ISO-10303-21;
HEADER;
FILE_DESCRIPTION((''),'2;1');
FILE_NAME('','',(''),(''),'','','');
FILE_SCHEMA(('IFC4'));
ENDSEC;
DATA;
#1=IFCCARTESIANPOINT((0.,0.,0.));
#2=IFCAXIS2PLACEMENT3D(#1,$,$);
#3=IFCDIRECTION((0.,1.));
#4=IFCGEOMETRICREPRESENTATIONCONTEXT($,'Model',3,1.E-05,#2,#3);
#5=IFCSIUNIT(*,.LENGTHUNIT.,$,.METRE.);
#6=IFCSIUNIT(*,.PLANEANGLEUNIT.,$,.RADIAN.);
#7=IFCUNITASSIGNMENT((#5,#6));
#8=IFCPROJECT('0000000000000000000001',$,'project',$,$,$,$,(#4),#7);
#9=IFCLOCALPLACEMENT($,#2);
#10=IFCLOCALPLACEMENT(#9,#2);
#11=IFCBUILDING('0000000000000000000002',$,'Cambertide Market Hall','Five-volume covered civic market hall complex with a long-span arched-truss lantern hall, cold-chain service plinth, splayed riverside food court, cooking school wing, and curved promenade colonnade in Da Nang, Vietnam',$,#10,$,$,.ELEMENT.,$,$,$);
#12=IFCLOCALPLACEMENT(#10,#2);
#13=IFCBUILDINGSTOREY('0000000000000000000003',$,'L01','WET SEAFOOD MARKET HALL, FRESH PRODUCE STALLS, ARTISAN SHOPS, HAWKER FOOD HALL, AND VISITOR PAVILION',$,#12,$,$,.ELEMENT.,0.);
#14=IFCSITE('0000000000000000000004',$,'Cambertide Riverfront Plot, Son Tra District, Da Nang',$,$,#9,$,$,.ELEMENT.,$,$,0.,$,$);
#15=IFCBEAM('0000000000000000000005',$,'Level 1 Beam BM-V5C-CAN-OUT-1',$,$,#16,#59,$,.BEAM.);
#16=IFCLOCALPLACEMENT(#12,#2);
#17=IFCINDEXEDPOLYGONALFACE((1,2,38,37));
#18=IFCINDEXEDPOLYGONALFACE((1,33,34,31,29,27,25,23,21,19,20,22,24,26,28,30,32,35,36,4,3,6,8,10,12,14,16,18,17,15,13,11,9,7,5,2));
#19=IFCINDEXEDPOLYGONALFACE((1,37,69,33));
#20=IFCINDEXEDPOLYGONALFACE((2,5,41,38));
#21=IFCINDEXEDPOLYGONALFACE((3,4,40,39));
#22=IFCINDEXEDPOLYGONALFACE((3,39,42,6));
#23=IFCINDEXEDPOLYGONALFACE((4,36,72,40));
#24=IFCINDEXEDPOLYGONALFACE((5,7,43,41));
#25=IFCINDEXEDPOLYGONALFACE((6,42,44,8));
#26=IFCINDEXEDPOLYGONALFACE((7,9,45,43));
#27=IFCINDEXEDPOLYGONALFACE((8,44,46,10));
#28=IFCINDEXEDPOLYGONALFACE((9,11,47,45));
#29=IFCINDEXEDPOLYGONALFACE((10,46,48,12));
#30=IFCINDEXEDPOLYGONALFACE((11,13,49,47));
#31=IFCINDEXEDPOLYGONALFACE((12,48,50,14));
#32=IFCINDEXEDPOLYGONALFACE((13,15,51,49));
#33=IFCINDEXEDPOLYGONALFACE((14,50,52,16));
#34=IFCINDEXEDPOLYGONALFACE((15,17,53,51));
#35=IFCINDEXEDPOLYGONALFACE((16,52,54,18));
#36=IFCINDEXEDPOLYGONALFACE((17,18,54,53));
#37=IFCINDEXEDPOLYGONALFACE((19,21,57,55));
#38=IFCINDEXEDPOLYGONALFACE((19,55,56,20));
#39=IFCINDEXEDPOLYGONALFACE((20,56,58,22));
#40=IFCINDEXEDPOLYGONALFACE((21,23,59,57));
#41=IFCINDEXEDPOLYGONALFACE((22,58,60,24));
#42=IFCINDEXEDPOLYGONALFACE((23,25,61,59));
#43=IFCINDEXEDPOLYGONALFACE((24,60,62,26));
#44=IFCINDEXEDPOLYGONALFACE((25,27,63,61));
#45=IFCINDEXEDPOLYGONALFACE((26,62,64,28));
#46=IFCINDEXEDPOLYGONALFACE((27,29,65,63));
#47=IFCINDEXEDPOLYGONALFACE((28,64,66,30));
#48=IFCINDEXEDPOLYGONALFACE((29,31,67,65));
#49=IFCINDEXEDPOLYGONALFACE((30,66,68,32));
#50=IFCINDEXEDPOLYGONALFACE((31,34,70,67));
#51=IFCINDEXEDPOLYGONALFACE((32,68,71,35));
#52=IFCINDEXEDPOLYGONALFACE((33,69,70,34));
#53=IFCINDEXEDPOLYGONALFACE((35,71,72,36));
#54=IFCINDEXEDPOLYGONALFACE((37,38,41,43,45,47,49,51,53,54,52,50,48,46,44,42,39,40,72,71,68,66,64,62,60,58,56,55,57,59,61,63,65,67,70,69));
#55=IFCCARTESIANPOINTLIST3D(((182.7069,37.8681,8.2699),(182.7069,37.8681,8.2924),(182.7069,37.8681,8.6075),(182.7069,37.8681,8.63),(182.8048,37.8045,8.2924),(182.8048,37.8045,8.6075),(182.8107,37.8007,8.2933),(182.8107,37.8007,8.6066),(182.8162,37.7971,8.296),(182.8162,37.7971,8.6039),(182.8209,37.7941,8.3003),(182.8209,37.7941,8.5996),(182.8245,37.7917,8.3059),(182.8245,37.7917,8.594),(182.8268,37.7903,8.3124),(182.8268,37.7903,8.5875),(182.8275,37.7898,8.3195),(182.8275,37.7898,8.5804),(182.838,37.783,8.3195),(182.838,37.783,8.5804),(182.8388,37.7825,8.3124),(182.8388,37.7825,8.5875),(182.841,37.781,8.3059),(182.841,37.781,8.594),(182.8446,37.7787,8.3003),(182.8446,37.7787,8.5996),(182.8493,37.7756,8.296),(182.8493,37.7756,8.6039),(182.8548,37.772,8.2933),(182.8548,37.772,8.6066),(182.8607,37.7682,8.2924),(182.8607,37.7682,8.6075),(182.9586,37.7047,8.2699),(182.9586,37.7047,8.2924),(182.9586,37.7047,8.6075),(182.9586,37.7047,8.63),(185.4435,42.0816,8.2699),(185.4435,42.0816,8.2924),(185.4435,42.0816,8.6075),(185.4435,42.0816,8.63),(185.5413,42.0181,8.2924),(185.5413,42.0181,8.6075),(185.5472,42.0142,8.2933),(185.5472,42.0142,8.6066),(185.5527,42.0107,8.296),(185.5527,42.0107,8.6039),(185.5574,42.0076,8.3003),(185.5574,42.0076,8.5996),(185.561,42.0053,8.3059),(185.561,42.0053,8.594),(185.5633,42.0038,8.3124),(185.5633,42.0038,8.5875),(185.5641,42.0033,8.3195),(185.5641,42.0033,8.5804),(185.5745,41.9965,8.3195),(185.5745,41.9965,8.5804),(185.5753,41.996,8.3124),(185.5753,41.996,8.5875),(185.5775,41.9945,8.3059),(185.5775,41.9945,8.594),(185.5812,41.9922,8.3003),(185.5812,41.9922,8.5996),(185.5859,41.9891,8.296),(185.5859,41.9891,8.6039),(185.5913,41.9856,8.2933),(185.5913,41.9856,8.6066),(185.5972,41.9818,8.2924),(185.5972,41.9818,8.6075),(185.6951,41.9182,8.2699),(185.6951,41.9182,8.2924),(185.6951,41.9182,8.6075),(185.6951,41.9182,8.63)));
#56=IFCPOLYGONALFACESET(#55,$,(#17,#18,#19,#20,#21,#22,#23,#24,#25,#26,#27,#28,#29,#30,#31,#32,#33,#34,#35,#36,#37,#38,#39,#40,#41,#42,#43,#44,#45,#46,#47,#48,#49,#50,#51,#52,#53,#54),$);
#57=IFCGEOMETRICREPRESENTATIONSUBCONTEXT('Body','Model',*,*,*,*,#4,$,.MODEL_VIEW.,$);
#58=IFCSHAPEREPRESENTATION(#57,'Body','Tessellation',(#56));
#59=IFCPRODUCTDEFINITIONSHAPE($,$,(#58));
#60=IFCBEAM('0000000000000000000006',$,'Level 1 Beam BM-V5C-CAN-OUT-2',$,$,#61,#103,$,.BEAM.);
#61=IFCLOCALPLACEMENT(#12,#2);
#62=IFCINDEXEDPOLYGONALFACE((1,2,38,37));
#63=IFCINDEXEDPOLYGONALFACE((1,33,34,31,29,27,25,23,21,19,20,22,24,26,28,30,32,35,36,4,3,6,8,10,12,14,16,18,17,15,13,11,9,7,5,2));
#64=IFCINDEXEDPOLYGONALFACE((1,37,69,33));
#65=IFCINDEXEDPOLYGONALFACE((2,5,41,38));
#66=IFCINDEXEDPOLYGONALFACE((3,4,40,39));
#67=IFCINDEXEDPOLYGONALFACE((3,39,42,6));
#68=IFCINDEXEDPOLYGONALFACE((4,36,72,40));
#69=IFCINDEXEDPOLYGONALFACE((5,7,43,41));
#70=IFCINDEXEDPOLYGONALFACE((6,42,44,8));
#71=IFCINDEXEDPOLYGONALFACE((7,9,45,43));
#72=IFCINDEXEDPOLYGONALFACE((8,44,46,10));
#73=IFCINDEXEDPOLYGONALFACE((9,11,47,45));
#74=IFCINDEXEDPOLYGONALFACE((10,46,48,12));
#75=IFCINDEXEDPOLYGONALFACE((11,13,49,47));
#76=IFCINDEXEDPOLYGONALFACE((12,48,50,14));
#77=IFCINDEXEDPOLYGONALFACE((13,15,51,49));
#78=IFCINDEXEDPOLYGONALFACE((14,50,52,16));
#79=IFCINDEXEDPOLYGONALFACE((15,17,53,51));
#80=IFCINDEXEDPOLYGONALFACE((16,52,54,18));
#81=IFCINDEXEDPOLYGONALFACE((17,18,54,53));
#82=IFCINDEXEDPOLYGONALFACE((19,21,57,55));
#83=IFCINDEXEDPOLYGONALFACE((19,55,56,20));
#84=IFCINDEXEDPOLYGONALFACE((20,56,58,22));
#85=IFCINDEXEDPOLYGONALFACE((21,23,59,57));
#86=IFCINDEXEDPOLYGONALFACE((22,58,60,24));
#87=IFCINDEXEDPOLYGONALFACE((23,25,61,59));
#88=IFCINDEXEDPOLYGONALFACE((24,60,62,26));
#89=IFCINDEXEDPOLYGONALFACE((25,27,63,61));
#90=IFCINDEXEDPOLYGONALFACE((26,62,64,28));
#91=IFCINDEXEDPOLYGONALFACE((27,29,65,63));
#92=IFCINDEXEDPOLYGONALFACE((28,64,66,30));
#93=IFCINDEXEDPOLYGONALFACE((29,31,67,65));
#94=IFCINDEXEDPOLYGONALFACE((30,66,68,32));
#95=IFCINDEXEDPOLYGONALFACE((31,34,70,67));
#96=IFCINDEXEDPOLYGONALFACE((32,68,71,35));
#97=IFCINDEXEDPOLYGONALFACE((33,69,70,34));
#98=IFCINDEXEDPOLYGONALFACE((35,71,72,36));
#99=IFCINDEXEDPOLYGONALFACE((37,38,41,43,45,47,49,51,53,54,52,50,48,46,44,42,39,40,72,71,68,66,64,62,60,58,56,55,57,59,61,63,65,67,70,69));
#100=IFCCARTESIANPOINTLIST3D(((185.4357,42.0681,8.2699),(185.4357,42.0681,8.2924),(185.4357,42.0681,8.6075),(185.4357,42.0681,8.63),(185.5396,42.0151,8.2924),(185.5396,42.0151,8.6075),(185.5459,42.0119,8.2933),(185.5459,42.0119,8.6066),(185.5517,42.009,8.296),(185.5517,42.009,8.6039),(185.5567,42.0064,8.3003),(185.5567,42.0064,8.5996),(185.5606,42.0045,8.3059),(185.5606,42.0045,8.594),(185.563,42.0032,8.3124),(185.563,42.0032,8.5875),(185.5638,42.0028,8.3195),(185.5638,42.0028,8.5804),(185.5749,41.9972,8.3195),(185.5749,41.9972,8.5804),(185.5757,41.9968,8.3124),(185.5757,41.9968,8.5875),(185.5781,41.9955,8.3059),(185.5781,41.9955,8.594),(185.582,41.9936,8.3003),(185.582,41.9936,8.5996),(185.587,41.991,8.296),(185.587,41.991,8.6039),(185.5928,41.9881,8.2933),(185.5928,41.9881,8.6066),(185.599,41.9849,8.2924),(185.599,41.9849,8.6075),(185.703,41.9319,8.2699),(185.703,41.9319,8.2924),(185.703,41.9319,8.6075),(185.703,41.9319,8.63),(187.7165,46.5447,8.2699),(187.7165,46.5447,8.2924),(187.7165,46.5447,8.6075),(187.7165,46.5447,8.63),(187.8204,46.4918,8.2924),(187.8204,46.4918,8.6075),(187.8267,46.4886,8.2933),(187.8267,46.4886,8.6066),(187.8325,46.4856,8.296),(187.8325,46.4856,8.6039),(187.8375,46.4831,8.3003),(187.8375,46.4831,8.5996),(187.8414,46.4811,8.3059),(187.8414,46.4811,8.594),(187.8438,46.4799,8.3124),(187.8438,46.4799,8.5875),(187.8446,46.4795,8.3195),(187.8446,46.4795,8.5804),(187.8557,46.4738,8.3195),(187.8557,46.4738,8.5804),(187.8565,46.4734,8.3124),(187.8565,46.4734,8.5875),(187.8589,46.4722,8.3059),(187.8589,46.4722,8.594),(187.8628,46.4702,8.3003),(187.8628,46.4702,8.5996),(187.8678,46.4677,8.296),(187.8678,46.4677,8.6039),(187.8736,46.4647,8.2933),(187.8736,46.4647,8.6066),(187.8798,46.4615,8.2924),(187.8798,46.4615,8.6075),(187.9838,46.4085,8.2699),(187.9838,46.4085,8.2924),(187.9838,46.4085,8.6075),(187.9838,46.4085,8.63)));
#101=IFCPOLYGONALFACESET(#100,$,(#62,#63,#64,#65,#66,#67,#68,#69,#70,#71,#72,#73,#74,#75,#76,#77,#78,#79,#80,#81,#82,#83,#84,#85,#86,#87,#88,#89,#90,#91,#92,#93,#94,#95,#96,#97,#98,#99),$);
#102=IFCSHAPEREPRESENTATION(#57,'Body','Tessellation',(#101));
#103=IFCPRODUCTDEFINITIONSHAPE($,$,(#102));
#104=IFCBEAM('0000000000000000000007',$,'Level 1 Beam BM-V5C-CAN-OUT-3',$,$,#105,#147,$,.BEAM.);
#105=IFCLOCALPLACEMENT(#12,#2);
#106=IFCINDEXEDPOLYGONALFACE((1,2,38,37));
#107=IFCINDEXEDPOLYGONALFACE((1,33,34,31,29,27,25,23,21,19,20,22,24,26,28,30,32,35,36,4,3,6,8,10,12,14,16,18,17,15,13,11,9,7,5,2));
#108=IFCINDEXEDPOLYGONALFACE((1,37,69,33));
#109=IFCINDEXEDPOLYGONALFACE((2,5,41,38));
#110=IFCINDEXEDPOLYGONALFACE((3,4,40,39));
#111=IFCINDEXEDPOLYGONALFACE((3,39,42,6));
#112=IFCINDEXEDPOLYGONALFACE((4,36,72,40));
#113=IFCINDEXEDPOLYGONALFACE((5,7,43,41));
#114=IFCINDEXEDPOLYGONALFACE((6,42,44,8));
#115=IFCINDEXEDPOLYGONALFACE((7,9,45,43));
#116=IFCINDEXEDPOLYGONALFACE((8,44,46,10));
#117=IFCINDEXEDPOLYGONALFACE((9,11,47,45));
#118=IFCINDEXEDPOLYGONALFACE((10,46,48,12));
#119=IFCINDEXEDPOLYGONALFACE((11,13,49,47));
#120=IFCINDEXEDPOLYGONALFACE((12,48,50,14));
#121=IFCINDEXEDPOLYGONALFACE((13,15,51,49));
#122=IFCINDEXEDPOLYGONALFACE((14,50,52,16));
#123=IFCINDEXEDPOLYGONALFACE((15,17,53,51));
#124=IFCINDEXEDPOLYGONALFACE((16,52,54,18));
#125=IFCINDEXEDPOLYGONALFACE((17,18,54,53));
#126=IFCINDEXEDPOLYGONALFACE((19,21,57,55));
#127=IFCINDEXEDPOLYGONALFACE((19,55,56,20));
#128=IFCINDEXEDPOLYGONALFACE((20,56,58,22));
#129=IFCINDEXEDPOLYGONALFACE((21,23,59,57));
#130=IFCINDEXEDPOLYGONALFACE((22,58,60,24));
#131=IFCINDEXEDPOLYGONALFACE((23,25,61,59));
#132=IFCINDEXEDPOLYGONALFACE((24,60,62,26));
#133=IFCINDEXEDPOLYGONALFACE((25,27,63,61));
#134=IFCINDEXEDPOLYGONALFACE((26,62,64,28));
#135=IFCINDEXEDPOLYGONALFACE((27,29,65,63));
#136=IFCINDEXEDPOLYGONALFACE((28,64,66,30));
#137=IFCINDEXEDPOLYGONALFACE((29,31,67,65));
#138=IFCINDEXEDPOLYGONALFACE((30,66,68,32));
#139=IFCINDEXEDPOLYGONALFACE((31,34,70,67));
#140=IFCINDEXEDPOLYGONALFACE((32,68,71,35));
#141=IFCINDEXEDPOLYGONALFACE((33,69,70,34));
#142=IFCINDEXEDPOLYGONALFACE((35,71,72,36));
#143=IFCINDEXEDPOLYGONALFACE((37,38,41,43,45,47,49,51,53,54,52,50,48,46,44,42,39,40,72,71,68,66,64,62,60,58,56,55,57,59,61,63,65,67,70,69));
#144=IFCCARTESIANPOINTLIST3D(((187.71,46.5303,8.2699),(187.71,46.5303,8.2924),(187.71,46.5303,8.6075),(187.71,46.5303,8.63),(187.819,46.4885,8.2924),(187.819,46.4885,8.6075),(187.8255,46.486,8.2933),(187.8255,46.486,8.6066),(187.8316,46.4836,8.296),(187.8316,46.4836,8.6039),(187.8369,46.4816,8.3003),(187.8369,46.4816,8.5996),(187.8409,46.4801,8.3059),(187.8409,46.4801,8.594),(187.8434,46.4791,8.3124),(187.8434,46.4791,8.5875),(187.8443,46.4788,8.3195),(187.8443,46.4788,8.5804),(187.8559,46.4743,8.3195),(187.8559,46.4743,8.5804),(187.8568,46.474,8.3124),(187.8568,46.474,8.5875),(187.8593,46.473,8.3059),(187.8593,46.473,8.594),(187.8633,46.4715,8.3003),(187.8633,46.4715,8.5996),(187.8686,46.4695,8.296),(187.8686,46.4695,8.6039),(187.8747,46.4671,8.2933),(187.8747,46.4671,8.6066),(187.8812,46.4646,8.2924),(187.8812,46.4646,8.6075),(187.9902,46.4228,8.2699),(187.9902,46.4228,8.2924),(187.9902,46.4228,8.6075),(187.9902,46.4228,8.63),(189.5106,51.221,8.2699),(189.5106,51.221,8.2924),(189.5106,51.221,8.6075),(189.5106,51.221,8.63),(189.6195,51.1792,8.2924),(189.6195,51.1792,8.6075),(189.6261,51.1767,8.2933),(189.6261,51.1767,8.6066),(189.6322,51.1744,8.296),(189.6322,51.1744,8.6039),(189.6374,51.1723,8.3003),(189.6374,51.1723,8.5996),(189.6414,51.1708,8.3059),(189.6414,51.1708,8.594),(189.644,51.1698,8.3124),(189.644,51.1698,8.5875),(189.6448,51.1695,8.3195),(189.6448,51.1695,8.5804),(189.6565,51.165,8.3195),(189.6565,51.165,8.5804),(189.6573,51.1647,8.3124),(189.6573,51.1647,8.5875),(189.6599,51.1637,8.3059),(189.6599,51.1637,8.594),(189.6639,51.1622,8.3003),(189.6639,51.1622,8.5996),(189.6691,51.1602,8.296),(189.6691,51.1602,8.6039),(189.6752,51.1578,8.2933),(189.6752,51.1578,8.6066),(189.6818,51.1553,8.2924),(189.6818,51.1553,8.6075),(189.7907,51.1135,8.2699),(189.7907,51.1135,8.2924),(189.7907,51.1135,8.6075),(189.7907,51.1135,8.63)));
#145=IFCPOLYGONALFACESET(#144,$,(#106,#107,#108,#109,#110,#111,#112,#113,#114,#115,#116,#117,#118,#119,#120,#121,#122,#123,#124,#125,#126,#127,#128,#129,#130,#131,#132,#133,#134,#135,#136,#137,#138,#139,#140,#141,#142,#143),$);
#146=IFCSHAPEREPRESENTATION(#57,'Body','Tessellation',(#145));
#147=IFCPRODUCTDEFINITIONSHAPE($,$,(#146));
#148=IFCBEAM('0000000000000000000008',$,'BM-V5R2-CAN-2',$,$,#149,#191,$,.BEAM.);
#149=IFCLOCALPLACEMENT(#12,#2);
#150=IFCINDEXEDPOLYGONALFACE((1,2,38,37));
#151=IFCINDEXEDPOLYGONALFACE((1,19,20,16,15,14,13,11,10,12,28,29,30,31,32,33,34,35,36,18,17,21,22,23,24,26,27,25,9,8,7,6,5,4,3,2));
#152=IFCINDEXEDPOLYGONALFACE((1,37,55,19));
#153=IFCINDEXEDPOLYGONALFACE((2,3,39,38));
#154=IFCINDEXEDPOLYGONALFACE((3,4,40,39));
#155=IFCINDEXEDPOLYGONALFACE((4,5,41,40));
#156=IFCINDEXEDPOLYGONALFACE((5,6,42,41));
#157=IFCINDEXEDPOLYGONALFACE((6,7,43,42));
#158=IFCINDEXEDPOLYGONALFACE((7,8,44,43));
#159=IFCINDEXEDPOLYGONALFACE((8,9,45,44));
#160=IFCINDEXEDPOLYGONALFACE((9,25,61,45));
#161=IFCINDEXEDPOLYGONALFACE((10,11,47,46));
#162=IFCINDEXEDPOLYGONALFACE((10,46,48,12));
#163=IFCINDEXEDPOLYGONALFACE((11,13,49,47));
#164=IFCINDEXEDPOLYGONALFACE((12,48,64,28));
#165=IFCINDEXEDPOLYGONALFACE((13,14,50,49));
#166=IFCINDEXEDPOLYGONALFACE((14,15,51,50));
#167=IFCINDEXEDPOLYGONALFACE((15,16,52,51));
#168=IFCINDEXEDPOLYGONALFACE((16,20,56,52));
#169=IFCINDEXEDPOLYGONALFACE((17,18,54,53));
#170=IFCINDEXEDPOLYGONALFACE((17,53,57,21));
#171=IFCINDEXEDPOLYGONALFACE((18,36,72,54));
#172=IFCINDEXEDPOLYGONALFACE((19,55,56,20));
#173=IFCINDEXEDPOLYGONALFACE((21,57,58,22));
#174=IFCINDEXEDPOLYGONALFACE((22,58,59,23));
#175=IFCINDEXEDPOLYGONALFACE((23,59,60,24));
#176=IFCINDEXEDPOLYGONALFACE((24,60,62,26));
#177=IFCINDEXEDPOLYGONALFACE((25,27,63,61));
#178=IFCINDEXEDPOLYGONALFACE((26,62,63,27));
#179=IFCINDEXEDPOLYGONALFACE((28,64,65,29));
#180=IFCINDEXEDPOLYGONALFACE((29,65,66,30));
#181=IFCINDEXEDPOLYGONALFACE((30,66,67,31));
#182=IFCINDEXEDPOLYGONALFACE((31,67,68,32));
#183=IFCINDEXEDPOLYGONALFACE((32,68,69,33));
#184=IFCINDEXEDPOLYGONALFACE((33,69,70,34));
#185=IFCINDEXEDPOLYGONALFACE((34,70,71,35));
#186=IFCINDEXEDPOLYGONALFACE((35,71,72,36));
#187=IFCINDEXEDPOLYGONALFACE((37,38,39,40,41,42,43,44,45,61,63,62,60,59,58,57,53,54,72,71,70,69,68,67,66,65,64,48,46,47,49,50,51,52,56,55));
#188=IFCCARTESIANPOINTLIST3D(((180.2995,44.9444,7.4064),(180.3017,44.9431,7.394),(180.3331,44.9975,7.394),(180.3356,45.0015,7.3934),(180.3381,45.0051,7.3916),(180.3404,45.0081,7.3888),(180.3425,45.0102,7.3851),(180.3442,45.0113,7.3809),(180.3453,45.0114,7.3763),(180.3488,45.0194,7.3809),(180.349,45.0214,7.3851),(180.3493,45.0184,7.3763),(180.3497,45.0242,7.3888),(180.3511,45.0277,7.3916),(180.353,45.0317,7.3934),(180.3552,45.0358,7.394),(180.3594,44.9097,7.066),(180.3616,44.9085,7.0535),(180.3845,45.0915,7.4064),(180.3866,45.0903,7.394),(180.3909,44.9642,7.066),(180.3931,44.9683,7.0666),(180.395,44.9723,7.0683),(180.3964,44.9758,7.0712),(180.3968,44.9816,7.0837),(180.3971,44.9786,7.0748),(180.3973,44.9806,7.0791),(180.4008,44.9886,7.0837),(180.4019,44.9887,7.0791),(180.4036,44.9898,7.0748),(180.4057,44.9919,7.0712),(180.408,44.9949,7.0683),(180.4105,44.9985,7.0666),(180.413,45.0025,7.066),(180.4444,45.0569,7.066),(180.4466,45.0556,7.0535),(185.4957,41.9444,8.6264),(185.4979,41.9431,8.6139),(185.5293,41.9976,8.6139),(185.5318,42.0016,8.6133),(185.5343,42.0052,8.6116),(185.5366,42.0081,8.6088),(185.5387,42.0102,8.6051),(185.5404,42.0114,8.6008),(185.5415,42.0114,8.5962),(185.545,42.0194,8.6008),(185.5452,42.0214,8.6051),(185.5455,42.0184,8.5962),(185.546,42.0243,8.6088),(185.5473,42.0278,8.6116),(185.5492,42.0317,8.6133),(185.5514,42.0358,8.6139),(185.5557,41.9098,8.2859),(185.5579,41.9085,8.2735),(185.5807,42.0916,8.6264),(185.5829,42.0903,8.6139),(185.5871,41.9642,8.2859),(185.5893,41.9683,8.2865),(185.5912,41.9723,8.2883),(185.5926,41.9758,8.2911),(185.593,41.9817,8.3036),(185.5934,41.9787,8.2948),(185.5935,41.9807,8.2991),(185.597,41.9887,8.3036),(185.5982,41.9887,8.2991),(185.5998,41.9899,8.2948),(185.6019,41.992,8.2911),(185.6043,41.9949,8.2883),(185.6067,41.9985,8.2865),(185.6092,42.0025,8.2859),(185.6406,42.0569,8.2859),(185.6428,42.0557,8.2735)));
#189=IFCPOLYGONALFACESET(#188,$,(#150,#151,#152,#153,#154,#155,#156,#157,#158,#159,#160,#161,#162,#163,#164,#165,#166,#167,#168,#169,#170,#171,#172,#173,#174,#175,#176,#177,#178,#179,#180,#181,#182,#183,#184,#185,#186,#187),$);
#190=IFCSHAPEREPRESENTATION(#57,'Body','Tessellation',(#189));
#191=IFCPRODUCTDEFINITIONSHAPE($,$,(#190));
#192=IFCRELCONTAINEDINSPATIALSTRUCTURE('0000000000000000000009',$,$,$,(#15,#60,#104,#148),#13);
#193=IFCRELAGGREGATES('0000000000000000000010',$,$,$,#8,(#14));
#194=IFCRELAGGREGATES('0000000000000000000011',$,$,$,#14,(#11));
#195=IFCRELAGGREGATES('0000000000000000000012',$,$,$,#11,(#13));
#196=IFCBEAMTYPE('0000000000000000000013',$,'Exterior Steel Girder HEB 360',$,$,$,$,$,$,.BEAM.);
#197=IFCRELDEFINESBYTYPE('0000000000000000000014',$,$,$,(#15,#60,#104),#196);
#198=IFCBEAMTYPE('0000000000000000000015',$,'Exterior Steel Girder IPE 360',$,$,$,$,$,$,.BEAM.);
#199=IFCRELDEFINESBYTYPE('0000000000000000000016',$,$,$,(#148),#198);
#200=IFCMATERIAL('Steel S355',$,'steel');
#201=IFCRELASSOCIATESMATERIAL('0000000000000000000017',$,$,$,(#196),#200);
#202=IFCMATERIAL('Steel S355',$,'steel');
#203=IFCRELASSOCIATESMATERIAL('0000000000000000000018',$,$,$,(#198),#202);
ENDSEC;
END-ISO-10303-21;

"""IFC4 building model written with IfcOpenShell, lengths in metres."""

from ifc_helpers import new_model, si_unit, direction, frame, origin, origin_2d, place, context, subcontext, project, spatial, i_section, extrude, material, material_profile, profile_set, type_object, element, save


model = new_model("IFC4")

# Units and contexts
model_context = context("Model", 3, precision=1e-05, world=origin(), true_north=direction((0.0, 1.0)))
body_context = subcontext(model_context, "Body", "Model", "MODEL_VIEW")
ifc_project = project(units=[si_unit("LENGTHUNIT", "METRE"), si_unit("PLANEANGLEUNIT", "RADIAN")], contexts=[model_context])

# Site, building, storey
site_placement = place(None, origin())
site = spatial("IfcSite", under=ifc_project, at=site_placement, Name="Cambertide Riverfront Plot, Son Tra District, Da Nang", CompositionType="ELEMENT", RefElevation=0.0)
building_placement = place(site_placement, origin())
building = spatial("IfcBuilding", under=site, at=building_placement, Name="Cambertide Market Hall", Description="Five-volume covered civic market hall complex with a long-span arched-truss lantern hall, cold-chain service plinth, splayed riverside food court, cooking school wing, and curved promenade colonnade in Da Nang, Vietnam", CompositionType="ELEMENT")
storey_placement = place(building_placement, origin())
storey = spatial("IfcBuildingStorey", under=building, at=storey_placement, Name="L01", Description="WET SEAFOOD MARKET HALL, FRESH PRODUCE STALLS, ARTISAN SHOPS, HAWKER FOOD HALL, AND VISITOR PAVILION", CompositionType="ELEMENT", Elevation=0.0)

# Beams
ifc_material_1 = material(Name="Steel S355", Category="steel")
ifc_material_profile_1 = material_profile(ifc_material_1, i_section(OverallWidth=0.3, OverallDepth=0.3601, WebThickness=0.0125, FlangeThickness=0.0225, FilletRadius=0.0271, at=origin_2d()), Name="HEB 360")
ifc_profile_set_1 = profile_set([ifc_material_profile_1], Name="Steel S355")
beam_type_1 = type_object("IfcBeamType", Name="Exterior Steel Girder HEB 360", PredefinedType="BEAM", material=ifc_profile_set_1)
for number, where, z_axis, x_axis, name in (
    (1, (182.8328, 37.7864, 8.45), (0.544669, 0.838651, 0.0), (-0.838651, 0.544669, 0.0), "Level 1 Beam BM-V5C-CAN-OUT-1"),
    (2, (185.5693, 42.0, 8.45), (0.453965, 0.891019, 0.0), (-0.891019, 0.453965, 0.0), "Level 1 Beam BM-V5C-CAN-OUT-2"),
):
    element("IfcBeam", number, at=place(storey_placement, frame(where, z_axis=z_axis, x_axis=x_axis)), inside=storey, type_object=beam_type_1, Name=name, PredefinedType="BEAM", context=body_context, shape_type="SweptSolid", body=[
        extrude(i_section(OverallWidth=0.3, OverallDepth=0.3601, WebThickness=0.0125, FlangeThickness=0.0225, FilletRadius=0.0271, at=origin_2d()), origin(), (0.0, 0.0, 1.0), 5.0242),
    ])
beam_1_placement = place(storey_placement, frame((187.8501, 46.4766, 8.45), z_axis=(0.35836, 0.933583, 0.0), x_axis=(-0.933583, 0.35836, 0.0)))
element("IfcBeam", 3, at=beam_1_placement, inside=storey, type_object=beam_type_1, Name="Level 1 Beam BM-V5C-CAN-OUT-3", PredefinedType="BEAM", context=body_context, shape_type="SweptSolid", body=[
    extrude(i_section(OverallWidth=0.3, OverallDepth=0.3601, WebThickness=0.0125, FlangeThickness=0.0225, FilletRadius=0.0271, at=origin_2d()), origin(), (0.0, 0.0, 1.0), 5.0244),
])
ifc_material_2 = material(Name="Steel S355", Category="steel")
ifc_material_profile_2 = material_profile(ifc_material_2, i_section(OverallWidth=0.1699, OverallDepth=0.3601, WebThickness=0.0081, FlangeThickness=0.0127, FilletRadius=0.0181, at=origin_2d()), Name="IPE 360")
ifc_profile_set_2 = profile_set([ifc_material_profile_2], Name="Steel S355")
beam_type_2 = type_object("IfcBeamType", Name="Exterior Steel Girder IPE 360", PredefinedType="BEAM", material=ifc_profile_set_2)
beam_2_placement = place(storey_placement, frame((180.373, 45.0, 7.23), z_axis=(0.848666, -0.489965, 0.199248), x_axis=(0.49999, 0.866031, 0.0)))
element("IfcBeam", 4, at=beam_2_placement, inside=storey, type_object=beam_type_2, Name="BM-V5R2-CAN-2", PredefinedType="BEAM", context=body_context, shape_type="SweptSolid", body=[
    extrude(i_section(OverallWidth=0.1699, OverallDepth=0.3601, WebThickness=0.0081, FlangeThickness=0.0127, FilletRadius=0.0181, at=origin_2d()), origin(), (0.0, 0.0, 1.0), 6.1228),
])

save(model, "model.ifc")
